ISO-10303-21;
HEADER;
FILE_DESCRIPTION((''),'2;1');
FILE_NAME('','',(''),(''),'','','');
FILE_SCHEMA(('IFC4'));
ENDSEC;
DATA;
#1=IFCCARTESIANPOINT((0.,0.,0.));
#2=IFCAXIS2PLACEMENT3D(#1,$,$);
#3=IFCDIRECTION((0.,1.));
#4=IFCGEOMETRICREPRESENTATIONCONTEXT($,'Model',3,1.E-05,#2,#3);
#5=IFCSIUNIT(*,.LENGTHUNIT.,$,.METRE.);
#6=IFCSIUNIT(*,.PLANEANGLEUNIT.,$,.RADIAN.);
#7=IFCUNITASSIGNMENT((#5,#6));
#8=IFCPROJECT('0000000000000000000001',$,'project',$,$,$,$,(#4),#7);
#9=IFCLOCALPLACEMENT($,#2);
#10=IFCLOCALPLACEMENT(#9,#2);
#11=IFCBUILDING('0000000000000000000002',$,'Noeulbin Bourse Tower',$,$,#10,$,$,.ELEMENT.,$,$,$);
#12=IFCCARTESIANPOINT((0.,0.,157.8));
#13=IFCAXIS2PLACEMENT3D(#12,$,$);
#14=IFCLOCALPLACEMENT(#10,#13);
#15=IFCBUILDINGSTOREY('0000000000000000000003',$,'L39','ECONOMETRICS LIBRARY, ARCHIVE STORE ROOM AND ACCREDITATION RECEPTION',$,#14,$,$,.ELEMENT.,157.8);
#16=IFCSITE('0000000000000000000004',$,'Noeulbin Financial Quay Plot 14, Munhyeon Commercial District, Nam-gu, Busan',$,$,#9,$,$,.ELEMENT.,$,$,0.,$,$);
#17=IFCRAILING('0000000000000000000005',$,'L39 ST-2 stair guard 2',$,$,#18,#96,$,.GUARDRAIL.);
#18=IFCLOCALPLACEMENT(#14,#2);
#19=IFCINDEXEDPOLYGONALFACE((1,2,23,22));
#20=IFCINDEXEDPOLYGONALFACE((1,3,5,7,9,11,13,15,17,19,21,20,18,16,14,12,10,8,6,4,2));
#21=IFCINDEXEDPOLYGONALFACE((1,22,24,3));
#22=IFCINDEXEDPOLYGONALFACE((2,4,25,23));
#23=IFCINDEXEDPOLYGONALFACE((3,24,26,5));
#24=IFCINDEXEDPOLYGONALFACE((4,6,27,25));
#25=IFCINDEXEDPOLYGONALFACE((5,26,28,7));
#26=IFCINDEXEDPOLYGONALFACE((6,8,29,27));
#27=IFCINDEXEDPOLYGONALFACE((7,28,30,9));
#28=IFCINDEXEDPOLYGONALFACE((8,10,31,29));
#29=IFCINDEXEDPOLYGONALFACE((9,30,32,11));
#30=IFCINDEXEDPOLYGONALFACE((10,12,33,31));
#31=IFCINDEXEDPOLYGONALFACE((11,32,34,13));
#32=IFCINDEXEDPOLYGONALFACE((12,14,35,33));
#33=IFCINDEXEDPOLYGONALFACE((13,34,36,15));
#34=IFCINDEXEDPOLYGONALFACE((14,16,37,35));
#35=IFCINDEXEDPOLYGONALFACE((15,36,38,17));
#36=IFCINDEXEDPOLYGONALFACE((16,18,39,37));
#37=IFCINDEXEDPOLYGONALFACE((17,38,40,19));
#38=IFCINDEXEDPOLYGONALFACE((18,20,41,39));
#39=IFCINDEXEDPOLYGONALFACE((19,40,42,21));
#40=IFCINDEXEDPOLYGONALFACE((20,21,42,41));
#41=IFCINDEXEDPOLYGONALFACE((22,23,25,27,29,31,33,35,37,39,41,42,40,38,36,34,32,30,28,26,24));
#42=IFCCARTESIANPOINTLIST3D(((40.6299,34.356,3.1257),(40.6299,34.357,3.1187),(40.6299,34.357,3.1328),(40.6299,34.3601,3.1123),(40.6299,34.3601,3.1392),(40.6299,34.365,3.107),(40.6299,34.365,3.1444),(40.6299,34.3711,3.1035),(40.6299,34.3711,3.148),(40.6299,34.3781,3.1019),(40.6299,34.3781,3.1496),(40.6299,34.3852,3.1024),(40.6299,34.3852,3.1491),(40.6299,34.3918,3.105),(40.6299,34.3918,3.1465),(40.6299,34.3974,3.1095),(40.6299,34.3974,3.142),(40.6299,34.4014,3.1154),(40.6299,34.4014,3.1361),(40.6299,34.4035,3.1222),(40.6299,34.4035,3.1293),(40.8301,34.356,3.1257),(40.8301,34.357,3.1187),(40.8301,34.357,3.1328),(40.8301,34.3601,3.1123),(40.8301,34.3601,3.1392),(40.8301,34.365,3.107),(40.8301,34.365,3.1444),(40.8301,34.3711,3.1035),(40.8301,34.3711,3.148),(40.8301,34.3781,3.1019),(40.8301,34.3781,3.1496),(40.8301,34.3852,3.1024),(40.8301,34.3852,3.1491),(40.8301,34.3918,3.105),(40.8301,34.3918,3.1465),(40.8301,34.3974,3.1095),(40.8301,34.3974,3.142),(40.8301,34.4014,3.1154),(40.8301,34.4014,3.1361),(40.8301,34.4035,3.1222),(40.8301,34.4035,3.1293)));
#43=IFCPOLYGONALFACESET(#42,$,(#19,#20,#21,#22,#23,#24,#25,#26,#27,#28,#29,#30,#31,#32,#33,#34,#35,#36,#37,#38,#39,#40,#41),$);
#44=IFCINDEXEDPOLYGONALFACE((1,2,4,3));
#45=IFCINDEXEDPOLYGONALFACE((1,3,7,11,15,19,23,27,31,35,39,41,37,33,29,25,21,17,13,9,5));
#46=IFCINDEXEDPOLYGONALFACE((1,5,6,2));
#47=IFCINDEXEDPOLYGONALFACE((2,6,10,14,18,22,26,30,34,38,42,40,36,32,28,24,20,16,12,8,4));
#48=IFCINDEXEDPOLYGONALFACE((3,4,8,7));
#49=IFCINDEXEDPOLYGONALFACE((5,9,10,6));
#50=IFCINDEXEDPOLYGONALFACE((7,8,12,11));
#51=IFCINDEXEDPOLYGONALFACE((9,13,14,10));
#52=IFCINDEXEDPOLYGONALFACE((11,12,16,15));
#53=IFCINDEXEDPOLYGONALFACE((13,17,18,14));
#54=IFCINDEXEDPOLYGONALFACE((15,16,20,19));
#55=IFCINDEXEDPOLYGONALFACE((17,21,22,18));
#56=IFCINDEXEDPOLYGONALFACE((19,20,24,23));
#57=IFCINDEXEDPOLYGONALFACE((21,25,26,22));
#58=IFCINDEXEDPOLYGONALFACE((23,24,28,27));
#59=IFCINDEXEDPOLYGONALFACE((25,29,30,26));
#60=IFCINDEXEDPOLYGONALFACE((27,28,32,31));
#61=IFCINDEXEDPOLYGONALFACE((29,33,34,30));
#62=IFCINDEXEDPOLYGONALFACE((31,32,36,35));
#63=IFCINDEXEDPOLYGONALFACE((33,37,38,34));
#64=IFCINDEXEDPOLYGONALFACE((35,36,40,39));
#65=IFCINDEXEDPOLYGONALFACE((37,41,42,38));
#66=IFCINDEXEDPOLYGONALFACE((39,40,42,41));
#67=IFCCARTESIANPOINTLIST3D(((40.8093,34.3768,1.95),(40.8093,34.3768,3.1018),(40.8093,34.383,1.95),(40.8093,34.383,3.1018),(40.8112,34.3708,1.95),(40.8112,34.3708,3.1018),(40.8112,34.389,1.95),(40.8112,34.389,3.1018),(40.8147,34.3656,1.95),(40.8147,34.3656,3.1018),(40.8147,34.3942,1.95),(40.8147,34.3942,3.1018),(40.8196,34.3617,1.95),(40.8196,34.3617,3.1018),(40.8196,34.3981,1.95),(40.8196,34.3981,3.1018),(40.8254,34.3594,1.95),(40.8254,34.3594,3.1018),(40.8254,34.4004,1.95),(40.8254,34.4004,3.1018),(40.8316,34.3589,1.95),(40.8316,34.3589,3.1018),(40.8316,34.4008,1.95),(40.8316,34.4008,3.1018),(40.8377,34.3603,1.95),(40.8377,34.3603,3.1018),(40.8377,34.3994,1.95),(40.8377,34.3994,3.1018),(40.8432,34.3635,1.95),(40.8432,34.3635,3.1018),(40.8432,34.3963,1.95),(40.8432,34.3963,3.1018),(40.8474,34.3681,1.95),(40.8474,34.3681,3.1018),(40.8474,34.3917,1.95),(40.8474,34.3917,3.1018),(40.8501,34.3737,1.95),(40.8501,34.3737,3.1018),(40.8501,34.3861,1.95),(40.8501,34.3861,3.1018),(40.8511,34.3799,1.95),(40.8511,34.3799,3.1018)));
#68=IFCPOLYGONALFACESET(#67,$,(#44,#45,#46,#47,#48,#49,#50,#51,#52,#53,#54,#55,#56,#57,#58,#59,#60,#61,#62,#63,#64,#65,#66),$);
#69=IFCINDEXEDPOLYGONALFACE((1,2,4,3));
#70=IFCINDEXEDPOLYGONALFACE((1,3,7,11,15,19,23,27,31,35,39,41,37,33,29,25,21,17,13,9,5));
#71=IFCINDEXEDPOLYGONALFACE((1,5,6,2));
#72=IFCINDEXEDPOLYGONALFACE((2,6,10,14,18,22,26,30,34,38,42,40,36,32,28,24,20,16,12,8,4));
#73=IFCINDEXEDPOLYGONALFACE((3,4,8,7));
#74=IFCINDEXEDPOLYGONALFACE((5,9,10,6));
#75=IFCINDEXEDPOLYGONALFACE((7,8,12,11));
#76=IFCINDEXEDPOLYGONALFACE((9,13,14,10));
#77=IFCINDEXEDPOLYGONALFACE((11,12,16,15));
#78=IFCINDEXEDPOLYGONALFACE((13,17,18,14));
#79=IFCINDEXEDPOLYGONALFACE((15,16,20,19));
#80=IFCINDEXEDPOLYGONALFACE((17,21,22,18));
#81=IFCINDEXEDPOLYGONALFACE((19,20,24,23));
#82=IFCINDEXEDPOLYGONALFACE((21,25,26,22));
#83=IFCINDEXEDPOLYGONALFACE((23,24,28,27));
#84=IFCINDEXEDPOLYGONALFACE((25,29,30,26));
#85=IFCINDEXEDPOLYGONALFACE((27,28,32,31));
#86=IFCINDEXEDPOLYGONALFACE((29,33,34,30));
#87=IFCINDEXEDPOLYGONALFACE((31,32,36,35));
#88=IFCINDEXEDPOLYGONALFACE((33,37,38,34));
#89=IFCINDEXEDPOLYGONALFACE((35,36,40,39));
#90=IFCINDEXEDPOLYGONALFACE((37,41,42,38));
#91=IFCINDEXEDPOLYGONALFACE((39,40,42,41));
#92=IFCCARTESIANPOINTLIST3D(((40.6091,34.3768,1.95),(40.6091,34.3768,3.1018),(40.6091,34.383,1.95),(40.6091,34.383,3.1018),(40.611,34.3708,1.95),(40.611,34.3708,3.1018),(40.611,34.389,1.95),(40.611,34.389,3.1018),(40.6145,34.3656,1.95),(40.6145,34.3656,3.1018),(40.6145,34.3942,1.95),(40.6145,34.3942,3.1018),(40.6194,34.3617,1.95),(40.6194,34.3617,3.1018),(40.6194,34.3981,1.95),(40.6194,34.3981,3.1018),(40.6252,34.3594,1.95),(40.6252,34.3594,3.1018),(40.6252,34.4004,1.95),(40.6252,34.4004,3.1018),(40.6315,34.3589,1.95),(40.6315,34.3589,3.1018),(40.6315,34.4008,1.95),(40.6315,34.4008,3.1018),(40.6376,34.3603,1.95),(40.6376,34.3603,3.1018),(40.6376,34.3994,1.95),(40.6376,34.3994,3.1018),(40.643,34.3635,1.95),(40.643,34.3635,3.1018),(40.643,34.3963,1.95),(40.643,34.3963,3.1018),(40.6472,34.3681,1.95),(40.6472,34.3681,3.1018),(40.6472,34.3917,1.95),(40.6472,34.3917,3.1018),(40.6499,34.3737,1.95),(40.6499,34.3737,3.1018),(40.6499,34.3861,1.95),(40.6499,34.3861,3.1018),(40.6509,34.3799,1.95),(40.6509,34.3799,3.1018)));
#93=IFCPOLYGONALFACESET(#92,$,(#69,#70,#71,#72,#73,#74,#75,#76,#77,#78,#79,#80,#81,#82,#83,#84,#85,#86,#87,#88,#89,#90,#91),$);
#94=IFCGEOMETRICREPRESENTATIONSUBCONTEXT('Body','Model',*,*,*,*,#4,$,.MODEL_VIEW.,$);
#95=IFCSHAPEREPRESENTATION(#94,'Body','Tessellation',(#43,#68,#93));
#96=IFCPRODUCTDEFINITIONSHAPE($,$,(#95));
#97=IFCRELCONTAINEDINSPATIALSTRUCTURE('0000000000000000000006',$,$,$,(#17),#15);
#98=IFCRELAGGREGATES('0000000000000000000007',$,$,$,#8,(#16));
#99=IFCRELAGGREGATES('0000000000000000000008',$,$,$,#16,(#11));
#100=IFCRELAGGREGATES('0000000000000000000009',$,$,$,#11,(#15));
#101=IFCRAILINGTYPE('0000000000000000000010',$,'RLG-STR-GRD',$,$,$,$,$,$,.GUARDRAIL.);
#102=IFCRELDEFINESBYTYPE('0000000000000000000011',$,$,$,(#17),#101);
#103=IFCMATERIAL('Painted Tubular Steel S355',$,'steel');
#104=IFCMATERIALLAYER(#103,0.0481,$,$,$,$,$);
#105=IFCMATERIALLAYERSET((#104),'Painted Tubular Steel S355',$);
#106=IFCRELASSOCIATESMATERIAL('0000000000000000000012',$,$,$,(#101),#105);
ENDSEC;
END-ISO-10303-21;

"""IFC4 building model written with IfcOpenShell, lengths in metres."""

from ifc_helpers import new_model, si_unit, direction, frame, origin, origin_2d, place, context, subcontext, project, spatial, circle, extrude, material, layer, layer_set, type_object, element, save


model = new_model("IFC4")

# Units and contexts
model_context = context("Model", 3, precision=1e-05, world=origin(), true_north=direction((0.0, 1.0)))
body_context = subcontext(model_context, "Body", "Model", "MODEL_VIEW")
ifc_project = project(units=[si_unit("LENGTHUNIT", "METRE"), si_unit("PLANEANGLEUNIT", "RADIAN")], contexts=[model_context])

# Site, building, storey
site_placement = place(None, origin())
site = spatial("IfcSite", under=ifc_project, at=site_placement, Name="Noeulbin Financial Quay Plot 14, Munhyeon Commercial District, Nam-gu, Busan", CompositionType="ELEMENT", RefElevation=0.0)
building_placement = place(site_placement, origin())
building = spatial("IfcBuilding", under=site, at=building_placement, Name="Noeulbin Bourse Tower", CompositionType="ELEMENT")
storey_placement = place(building_placement, frame((0.0, 0.0, 157.8)))
storey = spatial("IfcBuildingStorey", under=building, at=storey_placement, Name="L39", Description="ECONOMETRICS LIBRARY, ARCHIVE STORE ROOM AND ACCREDITATION RECEPTION", CompositionType="ELEMENT", Elevation=157.8)

# Railing
ifc_material_1 = material(Name="Painted Tubular Steel S355", Category="steel")
ifc_layer_1 = layer(ifc_material_1, 0.0481)
ifc_layer_set_1 = layer_set([ifc_layer_1], Name="Painted Tubular Steel S355")
railing_type_1 = type_object("IfcRailingType", Name="RLG-STR-GRD", PredefinedType="GUARDRAIL", material=ifc_layer_set_1)
railing_1_placement = place(storey_placement, frame((40.8301, 34.3799, 1.95)))
element("IfcRailing", 1, at=railing_1_placement, inside=storey, type_object=railing_type_1, Name="L39 ST-2 stair guard 2", PredefinedType="GUARDRAIL", context=body_context, shape_type="SweptSolid", body=[
    extrude(circle(Radius=0.0239, at=origin_2d()), frame((0.0, 0.0, 1.1758), z_axis=(-1.0, 0.0, 0.0), x_axis=(0.0, -1.0, 0.0)), (0.0, 0.0, 1.0), 0.2002),
    extrude(circle(Radius=0.021, at=origin_2d()), origin(), (0.0, 0.0, 1.0), 1.1519),
    extrude(circle(Radius=0.021, at=origin_2d()), frame((-0.2002, 0.0, 0.0)), (0.0, 0.0, 1.0), 1.1519),
])

save(model, "model.ifc")
